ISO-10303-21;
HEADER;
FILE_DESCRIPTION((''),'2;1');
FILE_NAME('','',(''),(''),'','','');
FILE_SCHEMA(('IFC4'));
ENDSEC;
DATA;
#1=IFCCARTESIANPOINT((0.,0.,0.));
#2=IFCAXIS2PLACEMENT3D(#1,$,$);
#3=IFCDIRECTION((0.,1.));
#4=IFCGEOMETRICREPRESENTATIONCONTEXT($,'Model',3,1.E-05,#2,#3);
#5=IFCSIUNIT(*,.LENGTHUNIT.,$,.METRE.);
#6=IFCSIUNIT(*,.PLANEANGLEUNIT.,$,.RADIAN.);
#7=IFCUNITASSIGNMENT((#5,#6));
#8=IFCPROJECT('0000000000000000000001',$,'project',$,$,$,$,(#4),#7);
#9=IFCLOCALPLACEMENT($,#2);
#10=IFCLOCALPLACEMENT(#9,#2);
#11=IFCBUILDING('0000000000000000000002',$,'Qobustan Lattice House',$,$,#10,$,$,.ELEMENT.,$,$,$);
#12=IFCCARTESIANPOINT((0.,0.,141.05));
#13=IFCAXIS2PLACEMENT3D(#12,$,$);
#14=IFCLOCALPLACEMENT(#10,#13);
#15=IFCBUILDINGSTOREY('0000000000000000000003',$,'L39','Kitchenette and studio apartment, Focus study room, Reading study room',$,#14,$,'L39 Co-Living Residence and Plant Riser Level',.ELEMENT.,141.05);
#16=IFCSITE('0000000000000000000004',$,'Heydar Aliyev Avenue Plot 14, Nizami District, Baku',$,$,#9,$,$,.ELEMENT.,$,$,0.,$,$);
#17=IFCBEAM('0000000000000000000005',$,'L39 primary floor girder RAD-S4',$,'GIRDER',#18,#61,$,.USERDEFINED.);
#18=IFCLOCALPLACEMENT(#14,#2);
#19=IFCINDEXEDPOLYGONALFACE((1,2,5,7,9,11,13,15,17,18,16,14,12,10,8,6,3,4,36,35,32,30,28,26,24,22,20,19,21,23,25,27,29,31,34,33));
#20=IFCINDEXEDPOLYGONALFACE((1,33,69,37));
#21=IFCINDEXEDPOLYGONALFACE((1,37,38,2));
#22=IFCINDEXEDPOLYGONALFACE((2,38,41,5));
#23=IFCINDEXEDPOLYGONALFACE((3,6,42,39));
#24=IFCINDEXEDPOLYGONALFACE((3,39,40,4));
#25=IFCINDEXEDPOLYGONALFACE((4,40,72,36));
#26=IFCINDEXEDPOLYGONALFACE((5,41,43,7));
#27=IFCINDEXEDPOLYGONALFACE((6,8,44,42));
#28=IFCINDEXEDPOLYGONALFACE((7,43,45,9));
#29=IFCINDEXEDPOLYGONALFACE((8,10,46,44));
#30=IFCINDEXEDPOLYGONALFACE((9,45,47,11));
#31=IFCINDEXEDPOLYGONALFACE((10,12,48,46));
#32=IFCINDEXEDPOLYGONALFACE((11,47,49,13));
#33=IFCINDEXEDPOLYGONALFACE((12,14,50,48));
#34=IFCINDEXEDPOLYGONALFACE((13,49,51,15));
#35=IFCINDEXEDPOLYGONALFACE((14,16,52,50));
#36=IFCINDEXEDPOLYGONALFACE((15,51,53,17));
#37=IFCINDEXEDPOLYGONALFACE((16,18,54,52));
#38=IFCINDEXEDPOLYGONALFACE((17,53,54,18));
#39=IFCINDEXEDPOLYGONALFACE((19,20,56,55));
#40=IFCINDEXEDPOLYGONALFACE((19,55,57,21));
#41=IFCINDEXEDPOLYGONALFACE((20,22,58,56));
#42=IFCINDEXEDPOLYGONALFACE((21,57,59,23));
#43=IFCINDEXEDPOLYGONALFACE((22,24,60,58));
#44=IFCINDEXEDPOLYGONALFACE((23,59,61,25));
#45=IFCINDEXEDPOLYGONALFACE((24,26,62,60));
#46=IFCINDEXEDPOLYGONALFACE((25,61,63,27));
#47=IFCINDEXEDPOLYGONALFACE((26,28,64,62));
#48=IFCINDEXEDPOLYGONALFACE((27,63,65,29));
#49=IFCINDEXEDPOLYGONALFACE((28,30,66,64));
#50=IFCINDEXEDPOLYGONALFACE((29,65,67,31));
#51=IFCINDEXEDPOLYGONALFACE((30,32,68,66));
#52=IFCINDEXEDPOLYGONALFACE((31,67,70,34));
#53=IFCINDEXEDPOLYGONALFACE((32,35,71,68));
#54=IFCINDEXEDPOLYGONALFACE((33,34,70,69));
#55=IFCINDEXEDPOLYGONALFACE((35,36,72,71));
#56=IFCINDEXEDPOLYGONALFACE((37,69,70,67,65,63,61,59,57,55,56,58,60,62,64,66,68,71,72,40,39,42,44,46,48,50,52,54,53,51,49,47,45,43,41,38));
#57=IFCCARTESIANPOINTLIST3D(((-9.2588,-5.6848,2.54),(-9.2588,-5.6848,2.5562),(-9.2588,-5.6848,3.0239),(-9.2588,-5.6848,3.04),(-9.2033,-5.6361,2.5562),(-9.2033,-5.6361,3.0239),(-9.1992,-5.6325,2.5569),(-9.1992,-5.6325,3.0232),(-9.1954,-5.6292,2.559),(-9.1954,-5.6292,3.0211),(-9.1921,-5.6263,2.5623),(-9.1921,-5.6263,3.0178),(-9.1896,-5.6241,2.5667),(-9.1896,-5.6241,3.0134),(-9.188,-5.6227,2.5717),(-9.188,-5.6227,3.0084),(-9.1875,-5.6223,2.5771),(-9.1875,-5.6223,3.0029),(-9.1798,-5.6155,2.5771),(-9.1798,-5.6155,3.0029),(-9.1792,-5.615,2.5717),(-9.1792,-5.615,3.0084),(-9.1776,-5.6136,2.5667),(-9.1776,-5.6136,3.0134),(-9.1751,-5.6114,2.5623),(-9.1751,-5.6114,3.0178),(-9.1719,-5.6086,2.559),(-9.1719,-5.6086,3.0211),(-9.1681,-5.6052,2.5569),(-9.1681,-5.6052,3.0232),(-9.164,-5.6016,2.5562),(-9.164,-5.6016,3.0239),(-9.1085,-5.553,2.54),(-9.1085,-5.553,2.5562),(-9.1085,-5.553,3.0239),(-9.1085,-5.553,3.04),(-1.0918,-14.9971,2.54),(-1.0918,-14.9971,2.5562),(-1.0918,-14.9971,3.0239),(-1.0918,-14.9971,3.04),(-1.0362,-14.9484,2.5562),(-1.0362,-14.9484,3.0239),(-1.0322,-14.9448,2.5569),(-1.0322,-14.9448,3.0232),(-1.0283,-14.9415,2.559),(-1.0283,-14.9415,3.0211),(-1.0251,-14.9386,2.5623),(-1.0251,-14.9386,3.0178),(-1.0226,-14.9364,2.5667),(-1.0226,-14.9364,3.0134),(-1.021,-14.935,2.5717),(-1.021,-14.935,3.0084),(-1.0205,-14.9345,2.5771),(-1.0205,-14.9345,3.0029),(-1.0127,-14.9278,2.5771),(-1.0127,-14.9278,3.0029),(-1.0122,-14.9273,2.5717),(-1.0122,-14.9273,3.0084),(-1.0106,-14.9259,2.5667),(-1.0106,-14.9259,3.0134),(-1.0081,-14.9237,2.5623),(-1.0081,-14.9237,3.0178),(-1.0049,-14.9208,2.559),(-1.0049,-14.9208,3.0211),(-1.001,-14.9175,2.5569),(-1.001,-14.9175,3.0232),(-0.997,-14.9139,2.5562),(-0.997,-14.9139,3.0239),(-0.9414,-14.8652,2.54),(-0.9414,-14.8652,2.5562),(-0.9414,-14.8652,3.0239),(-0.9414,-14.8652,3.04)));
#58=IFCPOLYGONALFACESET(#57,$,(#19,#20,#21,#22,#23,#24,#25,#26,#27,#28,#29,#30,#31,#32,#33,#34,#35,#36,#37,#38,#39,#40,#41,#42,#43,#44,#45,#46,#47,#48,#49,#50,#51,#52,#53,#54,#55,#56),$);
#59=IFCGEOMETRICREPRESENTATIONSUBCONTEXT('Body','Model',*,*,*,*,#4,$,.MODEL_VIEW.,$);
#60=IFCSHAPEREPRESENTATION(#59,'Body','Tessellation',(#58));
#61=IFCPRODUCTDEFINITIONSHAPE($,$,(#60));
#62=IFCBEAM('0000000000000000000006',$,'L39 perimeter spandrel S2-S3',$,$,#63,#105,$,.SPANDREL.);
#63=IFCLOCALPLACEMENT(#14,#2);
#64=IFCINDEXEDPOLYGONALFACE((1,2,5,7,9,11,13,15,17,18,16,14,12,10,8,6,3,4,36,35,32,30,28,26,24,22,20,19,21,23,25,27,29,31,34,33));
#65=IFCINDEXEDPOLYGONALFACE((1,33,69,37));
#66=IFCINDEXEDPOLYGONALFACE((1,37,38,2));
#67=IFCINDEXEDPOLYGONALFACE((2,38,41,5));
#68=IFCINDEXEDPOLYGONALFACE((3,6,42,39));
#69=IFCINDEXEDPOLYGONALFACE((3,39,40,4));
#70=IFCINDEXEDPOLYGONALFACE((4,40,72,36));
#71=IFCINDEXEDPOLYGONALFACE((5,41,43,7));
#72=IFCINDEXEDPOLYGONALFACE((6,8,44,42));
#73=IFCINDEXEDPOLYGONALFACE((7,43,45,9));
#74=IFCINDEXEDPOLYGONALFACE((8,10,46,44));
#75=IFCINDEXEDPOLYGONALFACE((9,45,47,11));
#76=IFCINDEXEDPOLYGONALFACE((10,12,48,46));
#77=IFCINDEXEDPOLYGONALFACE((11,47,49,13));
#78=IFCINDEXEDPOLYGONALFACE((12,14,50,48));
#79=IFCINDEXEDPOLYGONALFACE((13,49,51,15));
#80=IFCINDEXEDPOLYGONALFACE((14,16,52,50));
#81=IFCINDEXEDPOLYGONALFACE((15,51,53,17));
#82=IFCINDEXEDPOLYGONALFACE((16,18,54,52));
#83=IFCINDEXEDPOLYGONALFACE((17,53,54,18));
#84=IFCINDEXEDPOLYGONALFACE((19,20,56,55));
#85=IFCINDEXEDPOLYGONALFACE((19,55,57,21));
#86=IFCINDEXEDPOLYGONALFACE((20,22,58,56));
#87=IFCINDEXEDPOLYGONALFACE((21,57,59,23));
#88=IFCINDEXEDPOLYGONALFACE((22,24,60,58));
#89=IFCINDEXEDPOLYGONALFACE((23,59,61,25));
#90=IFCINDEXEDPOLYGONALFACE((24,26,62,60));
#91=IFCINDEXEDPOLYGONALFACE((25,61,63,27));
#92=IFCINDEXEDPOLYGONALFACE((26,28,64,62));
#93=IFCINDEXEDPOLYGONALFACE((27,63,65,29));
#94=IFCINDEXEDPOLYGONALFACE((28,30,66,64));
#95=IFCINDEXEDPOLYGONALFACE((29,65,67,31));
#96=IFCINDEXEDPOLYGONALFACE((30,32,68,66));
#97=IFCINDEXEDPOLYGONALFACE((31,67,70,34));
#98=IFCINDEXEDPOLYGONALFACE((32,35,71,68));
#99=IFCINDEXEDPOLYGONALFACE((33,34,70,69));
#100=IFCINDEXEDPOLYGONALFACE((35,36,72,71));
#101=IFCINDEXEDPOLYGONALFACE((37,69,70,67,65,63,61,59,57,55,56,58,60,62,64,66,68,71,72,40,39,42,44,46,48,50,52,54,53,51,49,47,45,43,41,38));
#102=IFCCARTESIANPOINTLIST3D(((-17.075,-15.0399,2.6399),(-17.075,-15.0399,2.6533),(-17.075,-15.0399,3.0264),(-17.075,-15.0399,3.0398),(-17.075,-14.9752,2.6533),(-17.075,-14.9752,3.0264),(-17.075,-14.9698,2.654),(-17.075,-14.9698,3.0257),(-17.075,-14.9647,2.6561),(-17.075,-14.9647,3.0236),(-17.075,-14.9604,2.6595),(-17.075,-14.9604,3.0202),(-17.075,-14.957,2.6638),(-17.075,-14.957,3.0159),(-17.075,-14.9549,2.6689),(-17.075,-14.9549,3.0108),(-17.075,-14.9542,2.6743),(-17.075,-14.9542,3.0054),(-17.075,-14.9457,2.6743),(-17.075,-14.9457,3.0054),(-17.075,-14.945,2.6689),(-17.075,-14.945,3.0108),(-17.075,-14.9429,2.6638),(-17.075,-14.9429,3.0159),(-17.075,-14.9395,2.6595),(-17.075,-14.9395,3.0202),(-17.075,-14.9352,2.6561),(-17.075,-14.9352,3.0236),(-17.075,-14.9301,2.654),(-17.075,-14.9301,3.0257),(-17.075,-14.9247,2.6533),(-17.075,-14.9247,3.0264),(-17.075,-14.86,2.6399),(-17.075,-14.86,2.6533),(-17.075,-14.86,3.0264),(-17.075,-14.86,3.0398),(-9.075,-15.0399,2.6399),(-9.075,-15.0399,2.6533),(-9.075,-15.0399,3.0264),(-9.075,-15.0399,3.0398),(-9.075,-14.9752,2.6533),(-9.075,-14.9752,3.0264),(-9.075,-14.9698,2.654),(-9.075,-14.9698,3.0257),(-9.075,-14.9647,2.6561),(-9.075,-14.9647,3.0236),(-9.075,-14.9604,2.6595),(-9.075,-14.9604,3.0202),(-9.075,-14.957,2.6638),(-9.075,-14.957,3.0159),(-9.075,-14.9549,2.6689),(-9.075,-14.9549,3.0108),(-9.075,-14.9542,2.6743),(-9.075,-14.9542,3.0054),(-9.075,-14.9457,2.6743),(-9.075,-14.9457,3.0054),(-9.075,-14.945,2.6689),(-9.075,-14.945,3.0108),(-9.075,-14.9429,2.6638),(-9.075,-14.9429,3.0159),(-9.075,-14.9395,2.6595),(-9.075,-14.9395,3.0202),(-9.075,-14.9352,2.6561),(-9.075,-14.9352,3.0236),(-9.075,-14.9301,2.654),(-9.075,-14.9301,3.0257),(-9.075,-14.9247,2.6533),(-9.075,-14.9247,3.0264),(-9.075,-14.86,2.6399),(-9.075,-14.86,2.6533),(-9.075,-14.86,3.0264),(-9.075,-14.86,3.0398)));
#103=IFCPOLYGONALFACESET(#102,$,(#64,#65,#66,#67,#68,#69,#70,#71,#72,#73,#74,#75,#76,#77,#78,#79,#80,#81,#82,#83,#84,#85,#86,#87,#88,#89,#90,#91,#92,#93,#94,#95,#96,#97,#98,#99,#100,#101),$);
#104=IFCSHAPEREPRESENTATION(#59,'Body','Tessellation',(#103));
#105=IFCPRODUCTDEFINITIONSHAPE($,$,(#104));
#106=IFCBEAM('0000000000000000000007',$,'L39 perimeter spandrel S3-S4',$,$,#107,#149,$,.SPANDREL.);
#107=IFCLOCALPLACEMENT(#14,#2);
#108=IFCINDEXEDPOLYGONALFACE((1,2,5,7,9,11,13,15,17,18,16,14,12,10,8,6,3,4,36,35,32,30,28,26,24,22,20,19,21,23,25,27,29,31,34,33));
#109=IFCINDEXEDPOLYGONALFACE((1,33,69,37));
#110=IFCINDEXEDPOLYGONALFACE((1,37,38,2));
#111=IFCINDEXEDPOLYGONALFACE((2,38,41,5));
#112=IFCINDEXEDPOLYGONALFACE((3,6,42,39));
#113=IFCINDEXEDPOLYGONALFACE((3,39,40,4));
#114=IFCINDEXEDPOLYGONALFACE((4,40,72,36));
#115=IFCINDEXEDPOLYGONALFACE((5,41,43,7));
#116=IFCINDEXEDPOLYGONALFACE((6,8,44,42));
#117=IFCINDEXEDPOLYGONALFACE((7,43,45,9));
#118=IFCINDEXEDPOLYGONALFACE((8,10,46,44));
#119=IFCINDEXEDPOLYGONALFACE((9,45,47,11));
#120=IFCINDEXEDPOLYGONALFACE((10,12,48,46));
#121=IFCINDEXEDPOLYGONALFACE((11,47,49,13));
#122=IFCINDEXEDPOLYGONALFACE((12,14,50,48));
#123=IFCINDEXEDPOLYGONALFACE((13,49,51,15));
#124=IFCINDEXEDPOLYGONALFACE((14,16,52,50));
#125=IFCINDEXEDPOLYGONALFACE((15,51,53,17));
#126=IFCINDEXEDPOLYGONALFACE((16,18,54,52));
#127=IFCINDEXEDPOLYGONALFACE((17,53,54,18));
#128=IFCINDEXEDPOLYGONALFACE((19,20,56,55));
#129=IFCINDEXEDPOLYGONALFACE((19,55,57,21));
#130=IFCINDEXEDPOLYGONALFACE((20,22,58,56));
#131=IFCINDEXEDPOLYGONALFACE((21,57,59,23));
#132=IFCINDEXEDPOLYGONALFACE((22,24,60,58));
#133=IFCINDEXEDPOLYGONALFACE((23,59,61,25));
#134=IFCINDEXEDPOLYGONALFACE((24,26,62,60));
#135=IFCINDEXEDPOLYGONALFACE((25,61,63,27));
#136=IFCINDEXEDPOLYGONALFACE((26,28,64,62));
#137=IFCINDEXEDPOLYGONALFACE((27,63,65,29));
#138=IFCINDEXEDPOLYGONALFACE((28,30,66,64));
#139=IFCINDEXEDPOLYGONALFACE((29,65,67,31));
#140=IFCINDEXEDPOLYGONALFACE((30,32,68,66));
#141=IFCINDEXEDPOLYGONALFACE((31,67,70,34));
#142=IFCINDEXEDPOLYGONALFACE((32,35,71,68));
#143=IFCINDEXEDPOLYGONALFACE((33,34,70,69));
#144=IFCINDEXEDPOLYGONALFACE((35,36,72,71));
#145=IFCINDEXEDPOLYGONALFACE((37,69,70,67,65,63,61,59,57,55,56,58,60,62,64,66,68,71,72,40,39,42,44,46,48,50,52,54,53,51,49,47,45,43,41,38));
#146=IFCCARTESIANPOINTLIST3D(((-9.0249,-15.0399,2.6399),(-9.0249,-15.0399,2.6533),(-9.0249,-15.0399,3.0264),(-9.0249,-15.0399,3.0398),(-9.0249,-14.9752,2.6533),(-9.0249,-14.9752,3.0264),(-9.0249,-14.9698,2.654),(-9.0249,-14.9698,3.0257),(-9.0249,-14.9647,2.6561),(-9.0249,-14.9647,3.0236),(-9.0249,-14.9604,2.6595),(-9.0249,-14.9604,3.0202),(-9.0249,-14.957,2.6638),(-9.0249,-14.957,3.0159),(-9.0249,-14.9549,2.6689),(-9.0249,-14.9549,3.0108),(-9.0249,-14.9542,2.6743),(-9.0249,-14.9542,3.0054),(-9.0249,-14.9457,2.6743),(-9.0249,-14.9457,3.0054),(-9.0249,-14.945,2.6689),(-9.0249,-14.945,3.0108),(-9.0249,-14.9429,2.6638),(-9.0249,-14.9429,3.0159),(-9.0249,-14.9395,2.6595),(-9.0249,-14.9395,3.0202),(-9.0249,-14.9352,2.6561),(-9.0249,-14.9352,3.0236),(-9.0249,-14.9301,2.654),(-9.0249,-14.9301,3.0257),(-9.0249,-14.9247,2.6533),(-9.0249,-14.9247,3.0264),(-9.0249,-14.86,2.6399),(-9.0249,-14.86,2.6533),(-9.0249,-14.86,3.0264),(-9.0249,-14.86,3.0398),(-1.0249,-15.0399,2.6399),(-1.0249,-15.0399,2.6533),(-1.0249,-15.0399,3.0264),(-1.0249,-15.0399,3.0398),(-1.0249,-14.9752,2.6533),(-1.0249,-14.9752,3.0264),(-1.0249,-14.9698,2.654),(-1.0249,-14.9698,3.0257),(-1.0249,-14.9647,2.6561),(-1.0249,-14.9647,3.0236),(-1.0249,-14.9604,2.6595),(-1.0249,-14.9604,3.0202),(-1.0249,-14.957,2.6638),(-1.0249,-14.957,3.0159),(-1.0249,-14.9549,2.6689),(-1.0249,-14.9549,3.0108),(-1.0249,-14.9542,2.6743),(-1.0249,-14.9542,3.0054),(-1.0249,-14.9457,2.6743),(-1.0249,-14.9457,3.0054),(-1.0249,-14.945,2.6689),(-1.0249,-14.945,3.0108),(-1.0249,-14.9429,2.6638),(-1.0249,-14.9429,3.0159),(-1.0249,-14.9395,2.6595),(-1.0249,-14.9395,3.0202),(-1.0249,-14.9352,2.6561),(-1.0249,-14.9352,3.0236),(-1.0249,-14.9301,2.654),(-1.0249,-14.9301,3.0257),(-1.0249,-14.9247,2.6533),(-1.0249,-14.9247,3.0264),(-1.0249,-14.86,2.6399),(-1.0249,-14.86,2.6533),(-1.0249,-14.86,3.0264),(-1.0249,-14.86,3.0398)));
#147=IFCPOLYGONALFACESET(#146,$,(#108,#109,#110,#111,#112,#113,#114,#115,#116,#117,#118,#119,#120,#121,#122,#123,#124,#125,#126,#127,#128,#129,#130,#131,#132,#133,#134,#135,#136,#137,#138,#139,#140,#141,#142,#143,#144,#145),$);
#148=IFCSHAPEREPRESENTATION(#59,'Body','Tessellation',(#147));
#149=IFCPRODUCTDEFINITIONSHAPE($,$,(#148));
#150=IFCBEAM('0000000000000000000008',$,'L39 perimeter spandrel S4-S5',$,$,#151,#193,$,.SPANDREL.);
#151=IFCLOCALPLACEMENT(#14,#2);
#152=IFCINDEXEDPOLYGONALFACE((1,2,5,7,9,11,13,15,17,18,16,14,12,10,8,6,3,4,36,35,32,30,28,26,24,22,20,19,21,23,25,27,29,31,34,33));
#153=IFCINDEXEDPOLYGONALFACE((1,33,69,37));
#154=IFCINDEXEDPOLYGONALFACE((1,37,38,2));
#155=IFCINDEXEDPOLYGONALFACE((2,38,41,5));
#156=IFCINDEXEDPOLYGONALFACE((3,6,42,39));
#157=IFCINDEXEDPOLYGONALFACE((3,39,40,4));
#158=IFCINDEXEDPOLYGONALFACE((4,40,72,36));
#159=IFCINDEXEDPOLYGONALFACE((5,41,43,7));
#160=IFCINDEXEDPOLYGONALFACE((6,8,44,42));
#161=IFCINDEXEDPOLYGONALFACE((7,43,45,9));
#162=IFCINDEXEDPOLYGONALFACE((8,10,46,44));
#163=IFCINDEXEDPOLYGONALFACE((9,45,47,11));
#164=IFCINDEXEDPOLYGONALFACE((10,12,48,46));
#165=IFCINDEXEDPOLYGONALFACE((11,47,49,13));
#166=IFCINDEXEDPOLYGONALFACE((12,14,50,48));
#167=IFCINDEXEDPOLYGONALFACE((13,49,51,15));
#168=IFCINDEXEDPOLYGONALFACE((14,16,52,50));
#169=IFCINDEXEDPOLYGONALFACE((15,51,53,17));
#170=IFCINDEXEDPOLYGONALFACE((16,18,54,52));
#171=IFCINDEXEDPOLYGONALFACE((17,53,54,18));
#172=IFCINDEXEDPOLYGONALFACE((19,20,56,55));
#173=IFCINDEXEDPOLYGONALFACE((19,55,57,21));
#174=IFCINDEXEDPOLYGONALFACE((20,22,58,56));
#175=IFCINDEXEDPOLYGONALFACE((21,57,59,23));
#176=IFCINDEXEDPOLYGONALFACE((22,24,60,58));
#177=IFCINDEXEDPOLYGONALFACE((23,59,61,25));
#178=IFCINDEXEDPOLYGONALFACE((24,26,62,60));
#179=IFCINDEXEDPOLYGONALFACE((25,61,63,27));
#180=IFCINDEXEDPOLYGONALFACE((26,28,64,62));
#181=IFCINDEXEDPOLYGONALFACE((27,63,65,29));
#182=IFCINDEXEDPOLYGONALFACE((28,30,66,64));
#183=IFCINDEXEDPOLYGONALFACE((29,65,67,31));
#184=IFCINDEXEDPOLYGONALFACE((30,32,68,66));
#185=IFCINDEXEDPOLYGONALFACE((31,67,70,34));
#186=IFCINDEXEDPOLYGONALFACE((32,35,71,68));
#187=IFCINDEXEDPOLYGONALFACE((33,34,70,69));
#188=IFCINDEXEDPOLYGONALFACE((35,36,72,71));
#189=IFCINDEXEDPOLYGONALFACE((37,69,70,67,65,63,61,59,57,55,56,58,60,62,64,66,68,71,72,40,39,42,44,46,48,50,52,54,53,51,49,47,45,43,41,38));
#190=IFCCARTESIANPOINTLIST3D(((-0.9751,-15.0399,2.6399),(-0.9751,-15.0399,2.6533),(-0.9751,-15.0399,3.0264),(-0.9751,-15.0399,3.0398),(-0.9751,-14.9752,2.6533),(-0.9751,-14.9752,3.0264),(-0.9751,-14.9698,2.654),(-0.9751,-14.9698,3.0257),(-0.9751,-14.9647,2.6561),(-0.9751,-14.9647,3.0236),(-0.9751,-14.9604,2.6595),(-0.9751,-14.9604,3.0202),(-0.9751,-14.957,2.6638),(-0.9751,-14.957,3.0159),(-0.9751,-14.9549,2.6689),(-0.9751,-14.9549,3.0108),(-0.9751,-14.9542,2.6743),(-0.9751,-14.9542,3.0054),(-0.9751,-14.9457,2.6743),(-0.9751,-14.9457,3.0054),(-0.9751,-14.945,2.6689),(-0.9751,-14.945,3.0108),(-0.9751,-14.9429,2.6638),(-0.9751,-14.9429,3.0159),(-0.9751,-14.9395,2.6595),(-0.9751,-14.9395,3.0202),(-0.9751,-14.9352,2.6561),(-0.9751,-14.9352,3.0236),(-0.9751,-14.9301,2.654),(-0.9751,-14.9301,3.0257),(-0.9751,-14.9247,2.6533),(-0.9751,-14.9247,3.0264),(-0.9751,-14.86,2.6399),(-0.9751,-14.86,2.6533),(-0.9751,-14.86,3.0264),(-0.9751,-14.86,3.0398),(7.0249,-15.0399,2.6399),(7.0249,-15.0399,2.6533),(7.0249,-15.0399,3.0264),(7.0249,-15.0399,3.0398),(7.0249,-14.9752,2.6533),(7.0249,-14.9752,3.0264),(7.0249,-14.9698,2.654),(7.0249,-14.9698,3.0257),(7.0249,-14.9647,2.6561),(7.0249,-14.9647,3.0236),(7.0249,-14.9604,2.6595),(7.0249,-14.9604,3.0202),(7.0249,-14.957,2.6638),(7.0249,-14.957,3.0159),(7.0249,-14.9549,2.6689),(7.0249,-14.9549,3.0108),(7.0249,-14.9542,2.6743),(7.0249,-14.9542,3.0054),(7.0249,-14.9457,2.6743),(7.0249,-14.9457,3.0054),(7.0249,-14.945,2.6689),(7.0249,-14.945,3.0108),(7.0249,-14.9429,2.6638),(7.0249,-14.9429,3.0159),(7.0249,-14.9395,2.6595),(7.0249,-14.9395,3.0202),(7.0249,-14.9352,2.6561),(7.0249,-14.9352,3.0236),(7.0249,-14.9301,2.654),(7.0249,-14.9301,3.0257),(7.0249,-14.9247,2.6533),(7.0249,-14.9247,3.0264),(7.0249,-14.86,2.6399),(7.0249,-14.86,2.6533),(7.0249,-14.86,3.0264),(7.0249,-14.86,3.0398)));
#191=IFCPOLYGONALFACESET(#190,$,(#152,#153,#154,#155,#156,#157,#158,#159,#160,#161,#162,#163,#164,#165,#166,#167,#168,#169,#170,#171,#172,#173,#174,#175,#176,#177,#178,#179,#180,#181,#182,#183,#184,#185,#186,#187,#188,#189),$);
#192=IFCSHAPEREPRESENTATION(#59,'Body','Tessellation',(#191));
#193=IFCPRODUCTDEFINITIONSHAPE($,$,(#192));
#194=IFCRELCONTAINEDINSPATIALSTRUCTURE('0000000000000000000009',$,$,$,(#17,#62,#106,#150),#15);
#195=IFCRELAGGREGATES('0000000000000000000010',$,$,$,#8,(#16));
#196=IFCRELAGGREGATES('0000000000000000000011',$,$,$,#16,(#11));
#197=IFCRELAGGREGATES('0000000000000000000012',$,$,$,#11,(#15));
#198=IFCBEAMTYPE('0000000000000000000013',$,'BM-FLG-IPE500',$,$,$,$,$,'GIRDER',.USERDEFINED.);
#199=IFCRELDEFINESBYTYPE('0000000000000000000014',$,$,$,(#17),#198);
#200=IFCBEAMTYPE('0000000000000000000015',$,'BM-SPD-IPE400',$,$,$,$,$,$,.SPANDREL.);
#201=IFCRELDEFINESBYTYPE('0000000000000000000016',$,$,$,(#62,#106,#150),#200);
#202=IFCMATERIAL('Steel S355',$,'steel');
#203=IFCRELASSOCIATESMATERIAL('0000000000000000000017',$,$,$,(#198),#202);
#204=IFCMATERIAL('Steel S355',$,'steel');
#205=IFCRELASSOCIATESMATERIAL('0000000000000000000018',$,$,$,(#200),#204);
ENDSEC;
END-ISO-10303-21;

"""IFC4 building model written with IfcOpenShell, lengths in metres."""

from ifc_helpers import new_model, si_unit, direction, frame, origin, origin_2d, place, context, subcontext, project, spatial, i_section, extrude, material, material_profile, profile_set, type_object, element, save


model = new_model("IFC4")

# Units and contexts
model_context = context("Model", 3, precision=1e-05, world=origin(), true_north=direction((0.0, 1.0)))
body_context = subcontext(model_context, "Body", "Model", "MODEL_VIEW")
ifc_project = project(units=[si_unit("LENGTHUNIT", "METRE"), si_unit("PLANEANGLEUNIT", "RADIAN")], contexts=[model_context])

# Site, building, storey
site_placement = place(None, origin())
site = spatial("IfcSite", under=ifc_project, at=site_placement, Name="Heydar Aliyev Avenue Plot 14, Nizami District, Baku", CompositionType="ELEMENT", RefElevation=0.0)
building_placement = place(site_placement, origin())
building = spatial("IfcBuilding", under=site, at=building_placement, Name="Qobustan Lattice House", CompositionType="ELEMENT")
storey_placement = place(building_placement, frame((0.0, 0.0, 141.05)))
storey = spatial("IfcBuildingStorey", under=building, at=storey_placement, Name="L39", Description="Kitchenette and studio apartment, Focus study room, Reading study room", LongName="L39 Co-Living Residence and Plant Riser Level", CompositionType="ELEMENT", Elevation=141.05)

# Beams
ifc_material_1 = material(Name="Steel S355", Category="steel")
ifc_material_profile_1 = material_profile(ifc_material_1, i_section(OverallWidth=0.2, OverallDepth=0.5, WebThickness=0.0103, FlangeThickness=0.0161, FilletRadius=0.021, at=origin_2d()), Name="IPE500")
ifc_profile_set_1 = profile_set([ifc_material_profile_1], Name="Steel S355")
beam_type_1 = type_object("IfcBeamType", Name="BM-FLG-IPE500", ElementType="GIRDER", PredefinedType="USERDEFINED", material=ifc_profile_set_1)
beam_1_placement = place(storey_placement, frame((-1.0166, -14.9312, 2.79), z_axis=(-0.659362, 0.751825, 0.0), x_axis=(-0.751825, -0.659362, 0.0)))
element("IfcBeam", 1, at=beam_1_placement, inside=storey, type_object=beam_type_1, Name="L39 primary floor girder RAD-S4", ObjectType="GIRDER", PredefinedType="USERDEFINED", context=body_context, shape_type="SweptSolid", body=[
    extrude(i_section(OverallWidth=0.2, OverallDepth=0.5, WebThickness=0.0103, FlangeThickness=0.0161, FilletRadius=0.021, at=origin_2d()), origin(), (0.0, 0.0, 1.0), 12.3862),
])
ifc_material_2 = material(Name="Steel S355", Category="steel")
ifc_material_profile_2 = material_profile(ifc_material_2, i_section(OverallWidth=0.1799, OverallDepth=0.3999, WebThickness=0.0085, FlangeThickness=0.0134, FilletRadius=0.021, at=origin_2d()), Name="IPE400")
ifc_profile_set_2 = profile_set([ifc_material_profile_2], Name="Steel S355")
beam_type_2 = type_object("IfcBeamType", Name="BM-SPD-IPE400", PredefinedType="SPANDREL", material=ifc_profile_set_2)
for number, where, z_axis, x_axis, name in (
    (2, (-17.075, -14.95, 2.8398), (1.0, 0.0, 0.0), (0.0, 1.0, 0.0), "L39 perimeter spandrel S2-S3"),
    (3, (-9.0249, -14.95, 2.8398), (1.0, 0.0, 0.0), (0.0, 1.0, 0.0), "L39 perimeter spandrel S3-S4"),
    (4, (-0.9751, -14.95, 2.8398), (1.0, 0.0, 0.0), (0.0, 1.0, 0.0), "L39 perimeter spandrel S4-S5"),
):
    element("IfcBeam", number, at=place(storey_placement, frame(where, z_axis=z_axis, x_axis=x_axis)), inside=storey, type_object=beam_type_2, Name=name, PredefinedType="SPANDREL", context=body_context, shape_type="SweptSolid", body=[
        extrude(i_section(OverallWidth=0.1799, OverallDepth=0.3999, WebThickness=0.0085, FlangeThickness=0.0134, FilletRadius=0.021, at=origin_2d()), origin(), (0.0, 0.0, 1.0), 8.0),
    ])

save(model, "model.ifc")
